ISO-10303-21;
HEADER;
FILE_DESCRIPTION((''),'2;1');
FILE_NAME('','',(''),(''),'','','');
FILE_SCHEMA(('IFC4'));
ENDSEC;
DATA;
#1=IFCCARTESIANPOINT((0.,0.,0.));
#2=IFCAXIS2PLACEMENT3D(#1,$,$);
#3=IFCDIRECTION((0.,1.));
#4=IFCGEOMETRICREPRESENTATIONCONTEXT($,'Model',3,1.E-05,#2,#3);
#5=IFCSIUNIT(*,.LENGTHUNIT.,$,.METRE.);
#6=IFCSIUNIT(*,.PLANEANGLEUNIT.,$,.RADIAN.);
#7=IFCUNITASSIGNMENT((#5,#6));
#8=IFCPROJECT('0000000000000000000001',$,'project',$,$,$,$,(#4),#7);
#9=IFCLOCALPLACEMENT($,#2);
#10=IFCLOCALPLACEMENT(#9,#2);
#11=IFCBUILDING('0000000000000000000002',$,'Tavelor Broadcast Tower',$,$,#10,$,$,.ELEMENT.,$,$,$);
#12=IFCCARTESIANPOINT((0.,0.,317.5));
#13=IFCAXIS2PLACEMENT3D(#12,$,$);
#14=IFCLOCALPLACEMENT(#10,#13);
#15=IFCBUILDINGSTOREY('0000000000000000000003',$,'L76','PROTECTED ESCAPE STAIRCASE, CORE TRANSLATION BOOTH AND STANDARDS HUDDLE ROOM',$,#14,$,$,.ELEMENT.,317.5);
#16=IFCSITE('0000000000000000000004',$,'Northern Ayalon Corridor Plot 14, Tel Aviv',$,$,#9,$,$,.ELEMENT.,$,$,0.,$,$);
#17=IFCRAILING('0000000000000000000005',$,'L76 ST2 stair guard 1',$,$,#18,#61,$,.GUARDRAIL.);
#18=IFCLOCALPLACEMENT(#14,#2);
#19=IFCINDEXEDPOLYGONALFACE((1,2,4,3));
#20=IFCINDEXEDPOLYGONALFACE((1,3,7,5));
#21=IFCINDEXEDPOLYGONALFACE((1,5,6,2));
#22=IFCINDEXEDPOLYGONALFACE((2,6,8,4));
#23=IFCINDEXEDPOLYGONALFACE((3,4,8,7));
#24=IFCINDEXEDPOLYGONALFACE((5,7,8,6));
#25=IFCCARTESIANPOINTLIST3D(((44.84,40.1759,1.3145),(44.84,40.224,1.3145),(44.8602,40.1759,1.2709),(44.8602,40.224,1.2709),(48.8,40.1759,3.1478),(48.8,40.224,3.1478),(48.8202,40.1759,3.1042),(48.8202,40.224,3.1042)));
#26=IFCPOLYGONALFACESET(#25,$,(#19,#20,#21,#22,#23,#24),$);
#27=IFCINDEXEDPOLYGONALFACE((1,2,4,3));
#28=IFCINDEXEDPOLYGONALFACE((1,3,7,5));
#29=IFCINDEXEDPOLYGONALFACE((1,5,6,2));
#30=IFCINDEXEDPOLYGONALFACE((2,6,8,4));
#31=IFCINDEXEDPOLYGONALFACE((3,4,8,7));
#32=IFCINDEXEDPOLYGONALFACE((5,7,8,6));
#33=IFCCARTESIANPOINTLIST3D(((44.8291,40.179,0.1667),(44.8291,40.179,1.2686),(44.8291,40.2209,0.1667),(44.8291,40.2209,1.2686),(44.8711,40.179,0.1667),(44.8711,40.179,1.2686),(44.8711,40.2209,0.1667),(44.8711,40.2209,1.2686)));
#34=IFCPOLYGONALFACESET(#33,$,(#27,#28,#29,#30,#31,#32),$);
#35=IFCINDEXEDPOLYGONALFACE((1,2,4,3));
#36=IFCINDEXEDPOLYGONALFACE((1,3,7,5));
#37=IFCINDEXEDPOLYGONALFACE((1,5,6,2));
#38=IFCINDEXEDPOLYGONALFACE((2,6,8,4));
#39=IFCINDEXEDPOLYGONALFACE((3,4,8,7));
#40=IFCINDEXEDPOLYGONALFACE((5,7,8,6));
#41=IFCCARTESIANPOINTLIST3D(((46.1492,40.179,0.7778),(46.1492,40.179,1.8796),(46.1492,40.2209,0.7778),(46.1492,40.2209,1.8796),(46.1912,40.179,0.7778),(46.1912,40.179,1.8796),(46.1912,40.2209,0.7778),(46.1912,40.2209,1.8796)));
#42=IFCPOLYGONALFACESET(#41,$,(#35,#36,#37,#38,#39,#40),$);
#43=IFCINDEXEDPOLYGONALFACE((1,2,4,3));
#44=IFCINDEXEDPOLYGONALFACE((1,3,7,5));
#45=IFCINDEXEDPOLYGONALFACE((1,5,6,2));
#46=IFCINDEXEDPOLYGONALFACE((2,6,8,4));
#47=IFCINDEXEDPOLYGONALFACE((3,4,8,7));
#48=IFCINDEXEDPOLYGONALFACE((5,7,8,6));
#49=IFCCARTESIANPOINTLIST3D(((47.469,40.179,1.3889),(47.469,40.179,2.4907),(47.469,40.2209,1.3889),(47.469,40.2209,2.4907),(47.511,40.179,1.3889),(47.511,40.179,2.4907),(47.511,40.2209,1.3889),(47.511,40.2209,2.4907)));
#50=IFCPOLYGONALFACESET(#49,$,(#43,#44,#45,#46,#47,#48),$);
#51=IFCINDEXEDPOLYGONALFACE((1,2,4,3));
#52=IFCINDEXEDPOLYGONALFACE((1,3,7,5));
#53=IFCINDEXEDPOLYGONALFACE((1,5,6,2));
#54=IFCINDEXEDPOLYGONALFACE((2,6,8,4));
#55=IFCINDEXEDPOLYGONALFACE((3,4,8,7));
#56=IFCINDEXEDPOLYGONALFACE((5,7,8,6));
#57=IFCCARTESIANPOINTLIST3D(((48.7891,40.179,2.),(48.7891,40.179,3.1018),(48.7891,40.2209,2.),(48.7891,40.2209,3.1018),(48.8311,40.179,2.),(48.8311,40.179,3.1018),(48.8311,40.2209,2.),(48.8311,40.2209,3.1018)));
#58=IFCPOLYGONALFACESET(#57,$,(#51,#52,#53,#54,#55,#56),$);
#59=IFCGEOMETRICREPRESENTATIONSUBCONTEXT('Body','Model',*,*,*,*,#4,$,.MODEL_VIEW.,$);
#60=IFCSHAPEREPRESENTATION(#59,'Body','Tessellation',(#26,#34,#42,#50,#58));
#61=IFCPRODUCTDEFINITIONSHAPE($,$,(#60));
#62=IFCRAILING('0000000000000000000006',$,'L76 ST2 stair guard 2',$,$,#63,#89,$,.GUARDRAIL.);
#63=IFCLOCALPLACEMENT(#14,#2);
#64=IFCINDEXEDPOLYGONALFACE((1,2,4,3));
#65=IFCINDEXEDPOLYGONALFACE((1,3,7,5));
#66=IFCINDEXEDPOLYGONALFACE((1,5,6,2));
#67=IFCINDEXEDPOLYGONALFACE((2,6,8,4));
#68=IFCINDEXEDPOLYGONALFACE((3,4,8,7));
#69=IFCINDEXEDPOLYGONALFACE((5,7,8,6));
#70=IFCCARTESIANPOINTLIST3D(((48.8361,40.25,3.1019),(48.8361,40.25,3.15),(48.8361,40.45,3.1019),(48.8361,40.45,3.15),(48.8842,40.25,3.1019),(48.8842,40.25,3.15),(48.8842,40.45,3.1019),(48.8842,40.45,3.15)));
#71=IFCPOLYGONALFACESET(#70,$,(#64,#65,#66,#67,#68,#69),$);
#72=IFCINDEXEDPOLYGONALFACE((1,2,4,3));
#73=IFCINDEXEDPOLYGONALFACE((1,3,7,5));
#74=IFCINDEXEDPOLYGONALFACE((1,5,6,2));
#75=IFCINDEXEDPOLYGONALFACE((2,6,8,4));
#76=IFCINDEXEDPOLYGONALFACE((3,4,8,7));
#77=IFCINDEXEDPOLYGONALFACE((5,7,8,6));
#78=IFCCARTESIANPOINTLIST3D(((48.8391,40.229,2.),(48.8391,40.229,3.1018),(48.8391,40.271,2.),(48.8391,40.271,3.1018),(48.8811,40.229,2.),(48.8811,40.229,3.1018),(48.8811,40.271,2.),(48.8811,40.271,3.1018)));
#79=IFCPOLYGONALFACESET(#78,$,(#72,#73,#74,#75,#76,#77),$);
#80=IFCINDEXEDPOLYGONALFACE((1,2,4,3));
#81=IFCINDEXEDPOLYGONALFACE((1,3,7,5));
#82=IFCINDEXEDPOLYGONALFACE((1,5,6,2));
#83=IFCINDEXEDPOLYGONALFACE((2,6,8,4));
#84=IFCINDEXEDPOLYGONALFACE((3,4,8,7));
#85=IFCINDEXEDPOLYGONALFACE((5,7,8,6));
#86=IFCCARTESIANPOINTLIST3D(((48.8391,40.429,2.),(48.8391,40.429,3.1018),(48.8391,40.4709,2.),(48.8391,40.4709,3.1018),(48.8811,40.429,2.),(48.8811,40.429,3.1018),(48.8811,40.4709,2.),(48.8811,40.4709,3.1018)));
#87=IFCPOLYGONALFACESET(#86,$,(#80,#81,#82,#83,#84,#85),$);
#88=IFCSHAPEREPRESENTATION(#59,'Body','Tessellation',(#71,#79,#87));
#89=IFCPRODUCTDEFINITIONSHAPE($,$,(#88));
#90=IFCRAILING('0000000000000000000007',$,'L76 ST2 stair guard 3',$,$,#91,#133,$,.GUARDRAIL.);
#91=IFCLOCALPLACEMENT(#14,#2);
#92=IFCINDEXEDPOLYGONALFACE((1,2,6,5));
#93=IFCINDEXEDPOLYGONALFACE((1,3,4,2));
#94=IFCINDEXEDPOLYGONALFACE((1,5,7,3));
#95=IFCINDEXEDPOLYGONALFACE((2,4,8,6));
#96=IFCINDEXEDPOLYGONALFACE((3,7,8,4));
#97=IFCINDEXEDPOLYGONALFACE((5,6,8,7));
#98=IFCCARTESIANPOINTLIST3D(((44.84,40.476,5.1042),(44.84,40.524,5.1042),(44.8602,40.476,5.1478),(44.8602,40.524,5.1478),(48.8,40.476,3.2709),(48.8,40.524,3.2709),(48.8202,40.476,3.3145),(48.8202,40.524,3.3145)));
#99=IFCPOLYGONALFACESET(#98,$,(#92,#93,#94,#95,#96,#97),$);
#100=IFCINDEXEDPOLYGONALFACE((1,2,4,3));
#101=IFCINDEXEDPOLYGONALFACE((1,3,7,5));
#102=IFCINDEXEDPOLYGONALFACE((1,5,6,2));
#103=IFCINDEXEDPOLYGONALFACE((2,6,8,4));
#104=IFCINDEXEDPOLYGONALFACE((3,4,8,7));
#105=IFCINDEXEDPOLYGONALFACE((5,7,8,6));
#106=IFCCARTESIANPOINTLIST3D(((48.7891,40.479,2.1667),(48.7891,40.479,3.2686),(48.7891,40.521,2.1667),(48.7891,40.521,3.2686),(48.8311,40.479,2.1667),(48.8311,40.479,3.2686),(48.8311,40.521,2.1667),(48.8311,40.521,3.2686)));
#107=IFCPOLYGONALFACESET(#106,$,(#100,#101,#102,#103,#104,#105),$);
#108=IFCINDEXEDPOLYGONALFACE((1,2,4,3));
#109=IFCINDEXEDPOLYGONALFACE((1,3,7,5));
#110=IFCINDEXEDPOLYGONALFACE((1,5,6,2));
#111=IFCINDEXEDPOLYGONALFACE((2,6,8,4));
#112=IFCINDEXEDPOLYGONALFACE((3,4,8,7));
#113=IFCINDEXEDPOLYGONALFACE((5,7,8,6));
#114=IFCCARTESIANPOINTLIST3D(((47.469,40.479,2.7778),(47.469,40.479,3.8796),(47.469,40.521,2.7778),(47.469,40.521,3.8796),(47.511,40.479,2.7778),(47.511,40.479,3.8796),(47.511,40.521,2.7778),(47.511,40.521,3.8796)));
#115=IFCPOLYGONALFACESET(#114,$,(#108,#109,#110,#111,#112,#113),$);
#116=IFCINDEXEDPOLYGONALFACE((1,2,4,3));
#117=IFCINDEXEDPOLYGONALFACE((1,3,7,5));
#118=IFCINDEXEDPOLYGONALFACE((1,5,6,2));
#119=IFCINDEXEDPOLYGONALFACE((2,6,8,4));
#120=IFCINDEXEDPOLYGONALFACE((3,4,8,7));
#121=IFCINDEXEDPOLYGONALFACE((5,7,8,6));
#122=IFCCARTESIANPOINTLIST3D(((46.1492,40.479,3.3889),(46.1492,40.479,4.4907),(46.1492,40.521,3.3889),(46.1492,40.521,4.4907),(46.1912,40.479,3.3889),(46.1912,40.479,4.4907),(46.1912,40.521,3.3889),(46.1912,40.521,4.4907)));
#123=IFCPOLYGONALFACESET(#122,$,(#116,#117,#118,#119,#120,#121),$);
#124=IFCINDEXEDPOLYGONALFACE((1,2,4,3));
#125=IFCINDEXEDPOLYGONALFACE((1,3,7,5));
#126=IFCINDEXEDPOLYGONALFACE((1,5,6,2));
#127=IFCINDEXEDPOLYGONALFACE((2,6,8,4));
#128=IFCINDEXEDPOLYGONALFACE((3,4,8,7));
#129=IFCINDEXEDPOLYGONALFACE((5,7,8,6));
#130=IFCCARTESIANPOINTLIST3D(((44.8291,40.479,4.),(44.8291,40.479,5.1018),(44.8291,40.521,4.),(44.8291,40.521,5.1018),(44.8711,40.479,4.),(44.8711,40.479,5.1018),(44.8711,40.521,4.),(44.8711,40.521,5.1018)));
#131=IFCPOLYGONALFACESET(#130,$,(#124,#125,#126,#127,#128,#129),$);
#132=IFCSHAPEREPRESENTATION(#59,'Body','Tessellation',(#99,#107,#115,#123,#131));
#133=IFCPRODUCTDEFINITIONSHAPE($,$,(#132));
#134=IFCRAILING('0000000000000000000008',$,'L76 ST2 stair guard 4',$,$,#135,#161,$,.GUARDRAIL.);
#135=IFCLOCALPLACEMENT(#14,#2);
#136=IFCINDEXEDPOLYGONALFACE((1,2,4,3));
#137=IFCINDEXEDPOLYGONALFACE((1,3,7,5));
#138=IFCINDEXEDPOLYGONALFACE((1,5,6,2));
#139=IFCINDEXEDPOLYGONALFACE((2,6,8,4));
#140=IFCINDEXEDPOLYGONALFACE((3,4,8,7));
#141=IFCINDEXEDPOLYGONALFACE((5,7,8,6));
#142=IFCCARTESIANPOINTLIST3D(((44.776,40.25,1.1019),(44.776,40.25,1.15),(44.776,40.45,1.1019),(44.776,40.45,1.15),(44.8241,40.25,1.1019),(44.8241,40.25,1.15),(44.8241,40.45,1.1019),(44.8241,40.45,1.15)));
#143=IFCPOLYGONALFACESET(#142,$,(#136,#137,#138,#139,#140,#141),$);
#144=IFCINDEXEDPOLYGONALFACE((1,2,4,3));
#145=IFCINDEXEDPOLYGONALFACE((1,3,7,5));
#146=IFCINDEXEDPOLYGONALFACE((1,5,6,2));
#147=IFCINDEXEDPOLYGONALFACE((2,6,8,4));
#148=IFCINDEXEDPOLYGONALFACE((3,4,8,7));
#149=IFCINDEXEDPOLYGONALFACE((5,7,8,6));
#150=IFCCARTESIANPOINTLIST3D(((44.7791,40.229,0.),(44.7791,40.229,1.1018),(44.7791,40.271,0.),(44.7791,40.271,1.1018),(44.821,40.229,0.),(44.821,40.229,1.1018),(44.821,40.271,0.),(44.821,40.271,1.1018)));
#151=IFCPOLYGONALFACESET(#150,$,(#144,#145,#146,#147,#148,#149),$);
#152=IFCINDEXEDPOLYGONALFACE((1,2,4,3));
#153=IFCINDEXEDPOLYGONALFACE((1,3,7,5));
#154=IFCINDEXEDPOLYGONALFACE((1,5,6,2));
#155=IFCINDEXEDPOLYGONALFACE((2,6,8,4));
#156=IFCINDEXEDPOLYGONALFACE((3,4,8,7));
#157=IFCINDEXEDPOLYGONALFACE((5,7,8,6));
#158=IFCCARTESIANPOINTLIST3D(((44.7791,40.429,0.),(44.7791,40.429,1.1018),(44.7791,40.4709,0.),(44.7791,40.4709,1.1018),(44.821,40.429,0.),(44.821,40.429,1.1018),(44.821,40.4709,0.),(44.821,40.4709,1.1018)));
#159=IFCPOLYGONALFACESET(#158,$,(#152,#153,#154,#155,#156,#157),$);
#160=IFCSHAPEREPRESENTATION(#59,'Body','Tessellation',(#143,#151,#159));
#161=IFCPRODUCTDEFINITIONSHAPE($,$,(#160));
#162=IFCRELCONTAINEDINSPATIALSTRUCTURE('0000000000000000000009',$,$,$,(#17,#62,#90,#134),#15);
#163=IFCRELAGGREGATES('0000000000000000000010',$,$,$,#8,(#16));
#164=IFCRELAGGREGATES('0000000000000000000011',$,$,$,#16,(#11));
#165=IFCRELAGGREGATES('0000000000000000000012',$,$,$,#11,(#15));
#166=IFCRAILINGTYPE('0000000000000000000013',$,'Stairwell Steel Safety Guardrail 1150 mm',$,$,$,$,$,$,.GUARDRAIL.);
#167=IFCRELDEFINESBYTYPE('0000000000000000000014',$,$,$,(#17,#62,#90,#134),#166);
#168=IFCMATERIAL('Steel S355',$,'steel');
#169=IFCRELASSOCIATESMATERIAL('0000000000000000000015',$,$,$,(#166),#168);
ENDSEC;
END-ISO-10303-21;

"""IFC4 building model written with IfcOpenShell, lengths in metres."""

from ifc_helpers import new_model, si_unit, direction, frame, origin, origin_2d, place, context, subcontext, project, spatial, rectangle, extrude, material, type_object, element, save


model = new_model("IFC4")

# Units and contexts
model_context = context("Model", 3, precision=1e-05, world=origin(), true_north=direction((0.0, 1.0)))
body_context = subcontext(model_context, "Body", "Model", "MODEL_VIEW")
ifc_project = project(units=[si_unit("LENGTHUNIT", "METRE"), si_unit("PLANEANGLEUNIT", "RADIAN")], contexts=[model_context])

# Site, building, storey
site_placement = place(None, origin())
site = spatial("IfcSite", under=ifc_project, at=site_placement, Name="Northern Ayalon Corridor Plot 14, Tel Aviv", CompositionType="ELEMENT", RefElevation=0.0)
building_placement = place(site_placement, origin())
building = spatial("IfcBuilding", under=site, at=building_placement, Name="Tavelor Broadcast Tower", CompositionType="ELEMENT")
storey_placement = place(building_placement, frame((0.0, 0.0, 317.5)))
storey = spatial("IfcBuildingStorey", under=building, at=storey_placement, Name="L76", Description="PROTECTED ESCAPE STAIRCASE, CORE TRANSLATION BOOTH AND STANDARDS HUDDLE ROOM", CompositionType="ELEMENT", Elevation=317.5)

# Shared definitions
ifc_material_1 = material(Name="Steel S355", Category="steel")

# Railings
railing_type_1 = type_object("IfcRailingType", Name="Stairwell Steel Safety Guardrail 1150 mm", PredefinedType="GUARDRAIL", material=ifc_material_1)
railing_1_placement = place(storey_placement, frame((44.8501, 40.2, 0.1667)))
element("IfcRailing", 1, at=railing_1_placement, inside=storey, type_object=railing_type_1, Name="L76 ST2 stair guard 1", PredefinedType="GUARDRAIL", context=body_context, shape_type="SweptSolid", body=[
    extrude(rectangle(XDim=0.0481, YDim=0.0481, at=origin_2d()), frame((0.0, 0.0, 1.126), z_axis=(0.907472, 0.0, 0.420112), x_axis=(0.0, 1.0, 0.0)), (0.0, 0.0, 1.0), 4.3638),
    extrude(rectangle(XDim=0.042, YDim=0.042, at=origin_2d()), origin(), (0.0, 0.0, 1.0), 1.1018),
    extrude(rectangle(XDim=0.042, YDim=0.042, at=origin_2d()), frame((1.3201, 0.0, 0.6111)), (0.0, 0.0, 1.0), 1.1018),
    extrude(rectangle(XDim=0.042, YDim=0.042, at=origin_2d()), frame((2.6399, 0.0, 1.2222)), (0.0, 0.0, 1.0), 1.1018),
    extrude(rectangle(XDim=0.042, YDim=0.042, at=origin_2d()), frame((3.96, 0.0, 1.8333)), (0.0, 0.0, 1.0), 1.1018),
])
railing_2_placement = place(storey_placement, frame((48.8601, 40.25, 2.0)))
element("IfcRailing", 2, at=railing_2_placement, inside=storey, type_object=railing_type_1, Name="L76 ST2 stair guard 2", PredefinedType="GUARDRAIL", context=body_context, shape_type="SweptSolid", body=[
    extrude(rectangle(XDim=0.0481, YDim=0.0481, at=origin_2d()), frame((0.0, 0.0, 1.126), z_axis=(0.0, 1.0, 0.0), x_axis=(-1.0, 0.0, 0.0)), (0.0, 0.0, 1.0), 0.2),
    extrude(rectangle(XDim=0.042, YDim=0.042, at=origin_2d()), origin(), (0.0, 0.0, 1.0), 1.1018),
    extrude(rectangle(XDim=0.042, YDim=0.042, at=origin_2d()), frame((0.0, 0.2, 0.0)), (0.0, 0.0, 1.0), 1.1018),
])
railing_3_placement = place(storey_placement, frame((48.8101, 40.5, 2.1667)))
element("IfcRailing", 3, at=railing_3_placement, inside=storey, type_object=railing_type_1, Name="L76 ST2 stair guard 3", PredefinedType="GUARDRAIL", context=body_context, shape_type="SweptSolid", body=[
    extrude(rectangle(XDim=0.0481, YDim=0.0481, at=origin_2d()), frame((0.0, 0.0, 1.126), z_axis=(-0.907472, 0.0, 0.420112), x_axis=(0.0, -1.0, 0.0)), (0.0, 0.0, 1.0), 4.3638),
    extrude(rectangle(XDim=0.042, YDim=0.042, at=origin_2d()), origin(), (0.0, 0.0, 1.0), 1.1018),
    extrude(rectangle(XDim=0.042, YDim=0.042, at=origin_2d()), frame((-1.3201, 0.0, 0.6111)), (0.0, 0.0, 1.0), 1.1018),
    extrude(rectangle(XDim=0.042, YDim=0.042, at=origin_2d()), frame((-2.6399, 0.0, 1.2222)), (0.0, 0.0, 1.0), 1.1018),
    extrude(rectangle(XDim=0.042, YDim=0.042, at=origin_2d()), frame((-3.96, 0.0, 1.8333)), (0.0, 0.0, 1.0), 1.1018),
])
railing_4_placement = place(storey_placement, frame((44.8, 40.25, 0.0)))
element("IfcRailing", 4, at=railing_4_placement, inside=storey, type_object=railing_type_1, Name="L76 ST2 stair guard 4", PredefinedType="GUARDRAIL", context=body_context, shape_type="SweptSolid", body=[
    extrude(rectangle(XDim=0.0481, YDim=0.0481, at=origin_2d()), frame((0.0, 0.0, 1.126), z_axis=(0.0, 1.0, 0.0), x_axis=(-1.0, 0.0, 0.0)), (0.0, 0.0, 1.0), 0.2),
    extrude(rectangle(XDim=0.042, YDim=0.042, at=origin_2d()), origin(), (0.0, 0.0, 1.0), 1.1018),
    extrude(rectangle(XDim=0.042, YDim=0.042, at=origin_2d()), frame((0.0, 0.2, 0.0)), (0.0, 0.0, 1.0), 1.1018),
])

save(model, "model.ifc")
